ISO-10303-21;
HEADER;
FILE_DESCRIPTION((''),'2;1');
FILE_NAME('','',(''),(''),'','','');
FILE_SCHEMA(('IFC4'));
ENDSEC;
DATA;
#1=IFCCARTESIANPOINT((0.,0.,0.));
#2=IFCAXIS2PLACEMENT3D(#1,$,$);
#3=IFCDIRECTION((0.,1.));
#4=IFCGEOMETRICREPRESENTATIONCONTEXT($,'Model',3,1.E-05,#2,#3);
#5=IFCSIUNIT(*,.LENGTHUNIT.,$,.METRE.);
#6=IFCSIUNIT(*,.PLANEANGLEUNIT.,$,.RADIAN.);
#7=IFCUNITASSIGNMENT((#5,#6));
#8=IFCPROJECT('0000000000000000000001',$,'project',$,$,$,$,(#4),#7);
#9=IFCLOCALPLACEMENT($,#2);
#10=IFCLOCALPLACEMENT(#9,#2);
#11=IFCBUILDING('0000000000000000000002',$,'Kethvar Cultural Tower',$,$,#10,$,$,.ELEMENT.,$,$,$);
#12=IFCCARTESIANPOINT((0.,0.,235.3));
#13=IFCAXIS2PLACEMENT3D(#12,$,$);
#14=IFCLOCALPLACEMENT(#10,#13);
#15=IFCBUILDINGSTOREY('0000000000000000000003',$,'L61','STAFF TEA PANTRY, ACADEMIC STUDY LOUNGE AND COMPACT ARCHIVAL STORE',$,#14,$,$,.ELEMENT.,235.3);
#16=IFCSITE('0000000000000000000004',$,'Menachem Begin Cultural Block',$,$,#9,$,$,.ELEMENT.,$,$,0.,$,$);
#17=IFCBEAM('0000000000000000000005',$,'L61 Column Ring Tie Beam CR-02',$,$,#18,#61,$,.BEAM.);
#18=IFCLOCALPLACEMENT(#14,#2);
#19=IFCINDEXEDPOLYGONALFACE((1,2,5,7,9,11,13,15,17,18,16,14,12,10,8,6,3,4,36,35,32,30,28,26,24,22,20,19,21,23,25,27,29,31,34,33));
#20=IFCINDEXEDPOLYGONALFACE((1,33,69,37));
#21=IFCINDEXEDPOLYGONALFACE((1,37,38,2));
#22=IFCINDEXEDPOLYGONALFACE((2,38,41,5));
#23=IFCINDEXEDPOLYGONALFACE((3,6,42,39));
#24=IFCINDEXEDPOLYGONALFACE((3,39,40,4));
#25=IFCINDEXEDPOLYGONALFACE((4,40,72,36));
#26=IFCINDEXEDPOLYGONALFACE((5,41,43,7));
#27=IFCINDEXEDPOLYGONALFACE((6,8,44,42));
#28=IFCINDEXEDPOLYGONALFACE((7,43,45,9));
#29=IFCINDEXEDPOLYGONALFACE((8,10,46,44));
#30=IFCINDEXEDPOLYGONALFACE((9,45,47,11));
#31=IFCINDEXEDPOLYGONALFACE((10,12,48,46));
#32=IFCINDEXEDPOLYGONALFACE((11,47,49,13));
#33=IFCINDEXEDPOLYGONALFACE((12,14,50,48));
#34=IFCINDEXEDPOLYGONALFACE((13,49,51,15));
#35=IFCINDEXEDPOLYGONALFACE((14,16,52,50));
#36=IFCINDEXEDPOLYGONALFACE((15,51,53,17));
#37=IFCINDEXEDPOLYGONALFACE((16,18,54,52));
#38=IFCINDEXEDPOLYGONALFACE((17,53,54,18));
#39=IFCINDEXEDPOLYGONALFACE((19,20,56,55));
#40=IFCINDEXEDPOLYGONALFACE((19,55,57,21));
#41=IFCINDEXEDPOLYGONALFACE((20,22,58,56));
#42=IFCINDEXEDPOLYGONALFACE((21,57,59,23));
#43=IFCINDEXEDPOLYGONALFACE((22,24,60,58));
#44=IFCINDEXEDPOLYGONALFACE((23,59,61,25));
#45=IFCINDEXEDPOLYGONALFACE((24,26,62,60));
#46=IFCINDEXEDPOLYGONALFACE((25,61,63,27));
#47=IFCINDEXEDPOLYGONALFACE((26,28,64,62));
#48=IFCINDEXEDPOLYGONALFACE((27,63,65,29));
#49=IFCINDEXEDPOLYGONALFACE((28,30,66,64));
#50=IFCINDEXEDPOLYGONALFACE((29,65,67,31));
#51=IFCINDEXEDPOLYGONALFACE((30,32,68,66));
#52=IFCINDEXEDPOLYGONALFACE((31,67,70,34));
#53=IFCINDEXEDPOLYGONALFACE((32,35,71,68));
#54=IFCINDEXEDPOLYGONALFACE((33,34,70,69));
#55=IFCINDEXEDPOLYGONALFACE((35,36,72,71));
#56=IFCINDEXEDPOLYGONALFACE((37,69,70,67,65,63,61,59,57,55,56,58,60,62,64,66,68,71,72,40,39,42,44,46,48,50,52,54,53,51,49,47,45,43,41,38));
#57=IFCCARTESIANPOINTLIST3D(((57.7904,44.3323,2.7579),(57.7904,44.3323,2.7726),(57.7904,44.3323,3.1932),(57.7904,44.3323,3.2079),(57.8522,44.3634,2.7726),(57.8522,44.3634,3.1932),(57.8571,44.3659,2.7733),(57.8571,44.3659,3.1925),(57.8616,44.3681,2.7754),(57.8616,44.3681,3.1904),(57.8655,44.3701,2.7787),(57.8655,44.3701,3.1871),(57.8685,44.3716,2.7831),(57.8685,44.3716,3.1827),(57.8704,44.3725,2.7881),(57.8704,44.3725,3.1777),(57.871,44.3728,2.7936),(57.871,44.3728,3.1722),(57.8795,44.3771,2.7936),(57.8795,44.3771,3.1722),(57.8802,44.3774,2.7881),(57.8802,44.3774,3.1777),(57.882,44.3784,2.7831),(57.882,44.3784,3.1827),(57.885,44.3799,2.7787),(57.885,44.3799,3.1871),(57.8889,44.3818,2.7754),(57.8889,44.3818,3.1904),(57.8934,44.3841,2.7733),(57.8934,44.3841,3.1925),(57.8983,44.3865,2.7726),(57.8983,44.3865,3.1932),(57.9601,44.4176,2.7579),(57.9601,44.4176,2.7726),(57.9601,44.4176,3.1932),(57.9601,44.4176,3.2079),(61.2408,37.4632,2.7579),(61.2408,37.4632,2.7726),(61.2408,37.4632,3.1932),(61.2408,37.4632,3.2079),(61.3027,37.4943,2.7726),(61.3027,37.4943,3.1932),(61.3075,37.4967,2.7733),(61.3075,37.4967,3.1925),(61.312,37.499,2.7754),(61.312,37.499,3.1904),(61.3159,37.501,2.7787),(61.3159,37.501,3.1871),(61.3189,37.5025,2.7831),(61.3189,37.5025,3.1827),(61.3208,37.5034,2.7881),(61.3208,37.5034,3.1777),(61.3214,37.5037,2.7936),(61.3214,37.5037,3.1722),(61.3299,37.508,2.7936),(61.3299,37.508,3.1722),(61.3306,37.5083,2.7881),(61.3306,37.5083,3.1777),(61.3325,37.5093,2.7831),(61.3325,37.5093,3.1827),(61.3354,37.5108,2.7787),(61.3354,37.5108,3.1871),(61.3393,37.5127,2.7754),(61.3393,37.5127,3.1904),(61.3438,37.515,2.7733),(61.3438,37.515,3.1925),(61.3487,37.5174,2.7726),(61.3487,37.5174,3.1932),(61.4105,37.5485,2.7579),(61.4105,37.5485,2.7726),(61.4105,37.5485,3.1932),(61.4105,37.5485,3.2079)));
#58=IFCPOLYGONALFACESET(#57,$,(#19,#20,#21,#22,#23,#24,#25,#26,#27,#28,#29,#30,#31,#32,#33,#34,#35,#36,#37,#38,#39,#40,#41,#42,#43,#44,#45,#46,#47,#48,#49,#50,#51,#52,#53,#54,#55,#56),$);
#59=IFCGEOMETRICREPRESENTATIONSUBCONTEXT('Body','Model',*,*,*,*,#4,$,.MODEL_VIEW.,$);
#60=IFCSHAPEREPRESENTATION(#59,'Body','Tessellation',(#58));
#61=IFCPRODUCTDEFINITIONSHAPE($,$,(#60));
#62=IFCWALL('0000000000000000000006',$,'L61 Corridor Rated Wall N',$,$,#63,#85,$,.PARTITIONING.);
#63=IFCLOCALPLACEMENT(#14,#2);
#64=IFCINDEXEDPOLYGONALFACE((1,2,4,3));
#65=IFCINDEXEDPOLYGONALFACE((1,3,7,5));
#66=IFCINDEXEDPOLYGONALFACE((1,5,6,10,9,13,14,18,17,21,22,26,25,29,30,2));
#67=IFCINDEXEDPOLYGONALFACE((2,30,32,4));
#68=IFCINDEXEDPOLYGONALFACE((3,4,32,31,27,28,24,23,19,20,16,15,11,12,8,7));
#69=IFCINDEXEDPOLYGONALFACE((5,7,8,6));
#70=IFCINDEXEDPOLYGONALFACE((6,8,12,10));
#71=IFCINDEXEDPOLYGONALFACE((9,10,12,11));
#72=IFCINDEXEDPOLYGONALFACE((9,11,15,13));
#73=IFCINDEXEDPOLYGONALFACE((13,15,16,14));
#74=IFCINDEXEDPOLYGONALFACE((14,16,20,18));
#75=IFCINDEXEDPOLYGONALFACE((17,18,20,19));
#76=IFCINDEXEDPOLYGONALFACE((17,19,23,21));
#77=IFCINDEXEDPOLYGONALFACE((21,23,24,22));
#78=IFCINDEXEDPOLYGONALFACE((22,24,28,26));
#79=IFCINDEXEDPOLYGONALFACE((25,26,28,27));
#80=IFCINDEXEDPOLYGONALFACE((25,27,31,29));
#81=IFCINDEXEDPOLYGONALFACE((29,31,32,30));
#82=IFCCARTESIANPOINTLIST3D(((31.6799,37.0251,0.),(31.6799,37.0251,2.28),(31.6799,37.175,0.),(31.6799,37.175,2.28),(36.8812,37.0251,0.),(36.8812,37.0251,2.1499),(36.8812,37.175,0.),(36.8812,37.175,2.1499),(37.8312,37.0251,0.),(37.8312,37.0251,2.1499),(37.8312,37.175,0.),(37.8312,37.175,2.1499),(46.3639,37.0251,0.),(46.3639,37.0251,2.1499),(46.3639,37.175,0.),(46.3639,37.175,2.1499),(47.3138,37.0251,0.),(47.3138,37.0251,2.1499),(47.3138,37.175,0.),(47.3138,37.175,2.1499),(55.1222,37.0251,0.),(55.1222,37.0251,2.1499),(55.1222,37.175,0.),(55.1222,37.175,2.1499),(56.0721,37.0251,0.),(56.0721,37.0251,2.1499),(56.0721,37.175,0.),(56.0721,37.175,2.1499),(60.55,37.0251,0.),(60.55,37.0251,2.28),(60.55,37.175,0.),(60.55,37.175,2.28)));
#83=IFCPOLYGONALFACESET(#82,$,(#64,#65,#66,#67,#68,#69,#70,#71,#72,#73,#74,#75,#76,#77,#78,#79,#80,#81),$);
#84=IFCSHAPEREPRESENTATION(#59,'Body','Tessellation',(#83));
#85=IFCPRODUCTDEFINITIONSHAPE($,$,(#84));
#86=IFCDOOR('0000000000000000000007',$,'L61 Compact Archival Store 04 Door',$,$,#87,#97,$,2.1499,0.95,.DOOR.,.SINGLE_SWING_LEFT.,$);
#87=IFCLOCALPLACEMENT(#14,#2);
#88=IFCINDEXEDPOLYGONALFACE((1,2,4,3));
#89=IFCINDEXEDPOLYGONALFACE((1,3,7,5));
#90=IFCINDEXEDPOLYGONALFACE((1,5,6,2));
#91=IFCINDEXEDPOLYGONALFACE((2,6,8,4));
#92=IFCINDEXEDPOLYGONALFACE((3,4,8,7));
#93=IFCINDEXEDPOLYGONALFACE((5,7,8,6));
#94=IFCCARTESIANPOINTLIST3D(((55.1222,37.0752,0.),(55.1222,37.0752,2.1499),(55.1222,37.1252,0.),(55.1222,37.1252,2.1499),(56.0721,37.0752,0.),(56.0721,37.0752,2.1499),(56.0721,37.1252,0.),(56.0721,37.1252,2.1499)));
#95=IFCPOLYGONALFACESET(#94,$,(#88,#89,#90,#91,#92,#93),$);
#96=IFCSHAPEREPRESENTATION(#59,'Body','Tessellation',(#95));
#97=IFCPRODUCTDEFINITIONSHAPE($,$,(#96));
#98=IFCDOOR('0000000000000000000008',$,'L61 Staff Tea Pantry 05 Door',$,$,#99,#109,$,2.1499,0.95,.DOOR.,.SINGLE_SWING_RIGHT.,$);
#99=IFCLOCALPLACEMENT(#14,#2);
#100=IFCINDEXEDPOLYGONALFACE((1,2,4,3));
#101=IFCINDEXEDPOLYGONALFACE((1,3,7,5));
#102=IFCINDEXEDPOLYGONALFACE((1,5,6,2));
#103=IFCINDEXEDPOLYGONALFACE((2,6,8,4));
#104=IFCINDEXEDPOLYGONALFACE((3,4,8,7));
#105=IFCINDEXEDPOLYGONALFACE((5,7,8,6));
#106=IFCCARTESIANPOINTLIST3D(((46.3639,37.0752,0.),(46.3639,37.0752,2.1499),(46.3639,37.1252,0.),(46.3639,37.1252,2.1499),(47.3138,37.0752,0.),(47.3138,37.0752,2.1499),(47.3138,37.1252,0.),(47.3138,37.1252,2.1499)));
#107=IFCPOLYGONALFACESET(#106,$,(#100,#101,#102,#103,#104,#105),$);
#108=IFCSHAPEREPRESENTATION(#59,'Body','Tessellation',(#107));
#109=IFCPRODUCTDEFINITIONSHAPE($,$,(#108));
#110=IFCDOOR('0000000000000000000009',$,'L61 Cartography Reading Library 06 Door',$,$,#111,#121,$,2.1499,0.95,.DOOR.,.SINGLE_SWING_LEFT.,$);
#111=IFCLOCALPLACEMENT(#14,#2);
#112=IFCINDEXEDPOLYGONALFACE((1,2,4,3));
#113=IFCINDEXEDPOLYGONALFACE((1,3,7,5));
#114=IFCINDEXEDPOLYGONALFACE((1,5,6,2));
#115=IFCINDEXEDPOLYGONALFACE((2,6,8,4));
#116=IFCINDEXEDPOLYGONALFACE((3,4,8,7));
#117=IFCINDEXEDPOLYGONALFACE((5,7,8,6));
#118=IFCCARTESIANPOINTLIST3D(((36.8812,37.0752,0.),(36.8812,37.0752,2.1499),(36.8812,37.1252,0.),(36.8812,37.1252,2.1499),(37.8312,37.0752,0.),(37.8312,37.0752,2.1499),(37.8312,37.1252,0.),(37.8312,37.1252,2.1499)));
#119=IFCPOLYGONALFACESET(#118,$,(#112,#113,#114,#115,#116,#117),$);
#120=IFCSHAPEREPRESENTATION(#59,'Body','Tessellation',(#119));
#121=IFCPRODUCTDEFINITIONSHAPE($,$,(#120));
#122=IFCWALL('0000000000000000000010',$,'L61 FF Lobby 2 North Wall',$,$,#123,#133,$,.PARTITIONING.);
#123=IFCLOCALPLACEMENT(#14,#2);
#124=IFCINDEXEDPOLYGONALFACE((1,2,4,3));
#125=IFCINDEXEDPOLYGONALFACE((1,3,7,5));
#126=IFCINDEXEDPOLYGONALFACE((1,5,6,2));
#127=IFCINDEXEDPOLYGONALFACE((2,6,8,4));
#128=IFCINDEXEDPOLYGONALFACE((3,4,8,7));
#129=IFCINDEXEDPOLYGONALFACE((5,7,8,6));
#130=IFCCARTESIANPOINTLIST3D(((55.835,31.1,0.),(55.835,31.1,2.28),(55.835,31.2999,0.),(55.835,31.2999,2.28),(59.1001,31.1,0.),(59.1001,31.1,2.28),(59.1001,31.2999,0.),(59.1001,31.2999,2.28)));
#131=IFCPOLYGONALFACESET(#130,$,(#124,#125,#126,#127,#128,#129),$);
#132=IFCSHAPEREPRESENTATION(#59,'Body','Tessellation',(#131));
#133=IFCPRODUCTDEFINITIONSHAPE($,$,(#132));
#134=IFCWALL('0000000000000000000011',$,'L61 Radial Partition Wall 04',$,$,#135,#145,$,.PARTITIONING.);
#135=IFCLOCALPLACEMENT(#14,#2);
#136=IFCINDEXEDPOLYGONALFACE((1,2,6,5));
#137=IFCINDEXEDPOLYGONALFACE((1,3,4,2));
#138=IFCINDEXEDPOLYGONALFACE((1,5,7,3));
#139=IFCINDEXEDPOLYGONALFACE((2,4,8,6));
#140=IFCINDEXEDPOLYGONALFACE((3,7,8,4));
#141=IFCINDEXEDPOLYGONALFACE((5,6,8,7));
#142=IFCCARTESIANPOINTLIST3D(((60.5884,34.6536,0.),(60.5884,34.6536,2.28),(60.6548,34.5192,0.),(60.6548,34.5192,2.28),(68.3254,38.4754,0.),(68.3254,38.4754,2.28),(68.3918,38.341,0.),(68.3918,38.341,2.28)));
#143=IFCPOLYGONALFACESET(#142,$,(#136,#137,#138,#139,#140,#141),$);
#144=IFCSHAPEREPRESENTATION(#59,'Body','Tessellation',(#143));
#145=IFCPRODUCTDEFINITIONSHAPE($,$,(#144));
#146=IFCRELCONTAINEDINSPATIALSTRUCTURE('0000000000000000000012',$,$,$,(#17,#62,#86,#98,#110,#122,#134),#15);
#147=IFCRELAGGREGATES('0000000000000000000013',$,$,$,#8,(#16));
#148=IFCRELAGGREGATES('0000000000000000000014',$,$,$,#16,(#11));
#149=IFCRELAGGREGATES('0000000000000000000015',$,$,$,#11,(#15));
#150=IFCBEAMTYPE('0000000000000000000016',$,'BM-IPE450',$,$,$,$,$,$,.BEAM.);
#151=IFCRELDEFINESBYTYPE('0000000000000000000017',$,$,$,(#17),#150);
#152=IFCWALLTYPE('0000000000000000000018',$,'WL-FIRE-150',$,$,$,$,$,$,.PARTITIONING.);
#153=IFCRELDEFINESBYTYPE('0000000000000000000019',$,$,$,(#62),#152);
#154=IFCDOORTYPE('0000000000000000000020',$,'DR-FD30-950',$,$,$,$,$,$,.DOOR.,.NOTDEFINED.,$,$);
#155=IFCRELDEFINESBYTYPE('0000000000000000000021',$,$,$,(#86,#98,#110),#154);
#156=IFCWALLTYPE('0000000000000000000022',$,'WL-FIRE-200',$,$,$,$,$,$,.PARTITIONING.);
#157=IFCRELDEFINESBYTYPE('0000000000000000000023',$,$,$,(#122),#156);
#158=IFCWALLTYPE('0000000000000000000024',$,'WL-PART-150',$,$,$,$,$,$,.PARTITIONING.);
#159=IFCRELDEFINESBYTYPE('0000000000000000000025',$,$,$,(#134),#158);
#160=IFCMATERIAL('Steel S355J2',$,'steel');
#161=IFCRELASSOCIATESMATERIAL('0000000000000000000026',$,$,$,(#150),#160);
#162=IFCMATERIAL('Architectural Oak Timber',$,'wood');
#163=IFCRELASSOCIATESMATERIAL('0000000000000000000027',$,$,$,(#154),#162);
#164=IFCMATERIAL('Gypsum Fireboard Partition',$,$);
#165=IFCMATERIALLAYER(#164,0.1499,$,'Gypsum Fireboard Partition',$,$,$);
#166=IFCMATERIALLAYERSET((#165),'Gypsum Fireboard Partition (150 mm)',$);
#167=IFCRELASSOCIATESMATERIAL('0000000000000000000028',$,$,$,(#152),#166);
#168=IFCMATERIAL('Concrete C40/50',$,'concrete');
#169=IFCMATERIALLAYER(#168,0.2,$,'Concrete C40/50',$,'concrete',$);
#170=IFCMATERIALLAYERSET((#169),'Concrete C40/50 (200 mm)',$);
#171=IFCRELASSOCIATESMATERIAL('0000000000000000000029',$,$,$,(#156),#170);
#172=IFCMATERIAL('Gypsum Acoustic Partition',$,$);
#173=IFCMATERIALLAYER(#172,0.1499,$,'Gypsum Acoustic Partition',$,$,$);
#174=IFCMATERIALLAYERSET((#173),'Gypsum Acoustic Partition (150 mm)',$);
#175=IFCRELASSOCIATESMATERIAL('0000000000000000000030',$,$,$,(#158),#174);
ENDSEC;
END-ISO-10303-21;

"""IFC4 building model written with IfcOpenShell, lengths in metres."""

from ifc_helpers import new_model, si_unit, direction, frame, frame_2d, origin, origin_2d, place, context, subcontext, project, spatial, rectangle, i_section, extrude, source, transform, mapped, material, layer, layer_set, material_profile, profile_set, type_object, element, fill, save


model = new_model("IFC4")

# Units and contexts
model_context = context("Model", 3, precision=1e-05, world=origin(), true_north=direction((0.0, 1.0)))
body_context = subcontext(model_context, "Body", "Model", "MODEL_VIEW")
ifc_project = project(units=[si_unit("LENGTHUNIT", "METRE"), si_unit("PLANEANGLEUNIT", "RADIAN")], contexts=[model_context])

# Site, building, storey
site_placement = place(None, origin())
site = spatial("IfcSite", under=ifc_project, at=site_placement, Name="Menachem Begin Cultural Block", CompositionType="ELEMENT", RefElevation=0.0)
building_placement = place(site_placement, origin())
building = spatial("IfcBuilding", under=site, at=building_placement, Name="Kethvar Cultural Tower", CompositionType="ELEMENT")
storey_placement = place(building_placement, frame((0.0, 0.0, 235.3)))
storey = spatial("IfcBuildingStorey", under=building, at=storey_placement, Name="L61", Description="STAFF TEA PANTRY, ACADEMIC STUDY LOUNGE AND COMPACT ARCHIVAL STORE", CompositionType="ELEMENT", Elevation=235.3)

# Beam
ifc_material_1 = material(Name="Steel S355J2", Category="steel")
ifc_material_profile_1 = material_profile(ifc_material_1, i_section(OverallWidth=0.1899, OverallDepth=0.45, WebThickness=0.0095, FlangeThickness=0.0146, FilletRadius=0.021, at=origin_2d()), Name="Steel S355J2 — IPE450")
ifc_profile_set_1 = profile_set([ifc_material_profile_1], Name="Steel S355J2 — IPE450")
beam_type_1 = type_object("IfcBeamType", Name="BM-IPE450", PredefinedType="BEAM", material=ifc_profile_set_1)
shared_shape_1 = source(origin(), body_context, "Body", "SweptSolid", [
    extrude(i_section(OverallWidth=0.1899, OverallDepth=0.45, WebThickness=0.0095, FlangeThickness=0.0146, FilletRadius=0.021, at=origin_2d()), origin(), (0.0, 0.0, 1.0), 7.687),
])
beam_1_placement = place(storey_placement, frame((61.3257, 37.5059, 2.9829), z_axis=(-0.448864, 0.8936, 0.0), x_axis=(-0.8936, -0.448864, 0.0)))
element("IfcBeam", 1, at=beam_1_placement, inside=storey, type_object=beam_type_1, Name="L61 Column Ring Tie Beam CR-02", PredefinedType="BEAM", context=body_context, shape_type="MappedRepresentation", body=[
    mapped(shared_shape_1, transform((0.0, 0.0, 0.0), scale=1.0)),
])

# Wall, openings, doors
ifc_material_2 = material(Name="Architectural Oak Timber", Category="wood")
door_type_1 = type_object("IfcDoorType", Name="DR-FD30-950", OperationType="NOTDEFINED", PredefinedType="DOOR", material=ifc_material_2)
shared_shape_2 = source(origin(), body_context, "Body", "SweptSolid", [
    extrude(rectangle(XDim=0.95, YDim=2.1499, at=frame_2d((0.4751, 1.075))), frame((0.0, 0.0249, 0.0), z_axis=(0.0, -1.0, 0.0), x_axis=(1.0, 0.0, 0.0)), (0.0, 0.0, 1.0), 0.05),
])
ifc_material_3 = material(Name="Gypsum Fireboard Partition")
ifc_layer_1 = layer(ifc_material_3, 0.1499, Name="Gypsum Fireboard Partition")
ifc_layer_set_1 = layer_set([ifc_layer_1], Name="Gypsum Fireboard Partition (150 mm)")
wall_type_1 = type_object("IfcWallType", Name="WL-FIRE-150", PredefinedType="PARTITIONING", material=ifc_layer_set_1)
wall_1_placement = place(storey_placement, frame((60.55, 37.1001, 0.0), z_axis=(0.0, 0.0, 1.0), x_axis=(-1.0, 0.0, 0.0)))
wall_1 = element("IfcWall", 2, at=wall_1_placement, inside=storey, type_object=wall_type_1, Name="L61 Corridor Rated Wall N", PredefinedType="PARTITIONING", context=body_context, shape_type="SweptSolid", body=[
    extrude(rectangle(XDim=28.8701, YDim=0.1499, at=frame_2d((14.4351, 0.0))), origin(), (0.0, 0.0, 1.0), 2.28),
])
opening_1_placement = place(wall_1_placement, frame((4.4778, 0.0, 0.0)))
opening_1 = element("IfcOpeningElement", 3, at=opening_1_placement, cuts=wall_1, PredefinedType="OPENING", context=body_context, shape_type="SweptSolid", body=[
    extrude(rectangle(XDim=0.95, YDim=2.1499, at=frame_2d((0.4751, 1.075))), frame((0.0, 0.085, 0.0), z_axis=(0.0, -1.0, 0.0), x_axis=(1.0, 0.0, 0.0)), (0.0, 0.0, 1.0), 0.1699),
])
opening_2_placement = place(wall_1_placement, frame((13.2361, 0.0, 0.0)))
opening_2 = element("IfcOpeningElement", 4, at=opening_2_placement, cuts=wall_1, PredefinedType="OPENING", context=body_context, shape_type="SweptSolid", body=[
    extrude(rectangle(XDim=0.95, YDim=2.1499, at=frame_2d((0.4751, 1.075))), frame((0.0, 0.085, 0.0), z_axis=(0.0, -1.0, 0.0), x_axis=(1.0, 0.0, 0.0)), (0.0, 0.0, 1.0), 0.1699),
])
opening_3_placement = place(wall_1_placement, frame((22.7188, 0.0, 0.0)))
opening_3 = element("IfcOpeningElement", 5, at=opening_3_placement, cuts=wall_1, PredefinedType="OPENING", context=body_context, shape_type="SweptSolid", body=[
    extrude(rectangle(XDim=0.95, YDim=2.1499, at=frame_2d((0.4751, 1.075))), frame((0.0, 0.085, 0.0), z_axis=(0.0, -1.0, 0.0), x_axis=(1.0, 0.0, 0.0)), (0.0, 0.0, 1.0), 0.1699),
])
door_1_placement = place(opening_1_placement, origin())
door_1 = element("IfcDoor", 6, at=door_1_placement, inside=storey, type_object=door_type_1, Name="L61 Compact Archival Store 04 Door", OperationType="SINGLE_SWING_LEFT", OverallHeight=2.1499, OverallWidth=0.95, PredefinedType="DOOR", context=body_context, shape_type="MappedRepresentation", body=[
    mapped(shared_shape_2, transform((0.0, 0.0, 0.0), scale=1.0)),
])
fill(opening_1, door_1)
door_2_placement = place(opening_2_placement, origin())
door_2 = element("IfcDoor", 7, at=door_2_placement, inside=storey, type_object=door_type_1, Name="L61 Staff Tea Pantry 05 Door", OperationType="SINGLE_SWING_RIGHT", OverallHeight=2.1499, OverallWidth=0.95, PredefinedType="DOOR", context=body_context, shape_type="MappedRepresentation", body=[
    mapped(shared_shape_2, transform((0.0, 0.0, 0.0), scale=1.0)),
])
fill(opening_2, door_2)
door_3_placement = place(opening_3_placement, origin())
door_3 = element("IfcDoor", 8, at=door_3_placement, inside=storey, type_object=door_type_1, Name="L61 Cartography Reading Library 06 Door", OperationType="SINGLE_SWING_LEFT", OverallHeight=2.1499, OverallWidth=0.95, PredefinedType="DOOR", context=body_context, shape_type="MappedRepresentation", body=[
    mapped(shared_shape_2, transform((0.0, 0.0, 0.0), scale=1.0)),
])
fill(opening_3, door_3)

# Walls
ifc_material_4 = material(Name="Concrete C40/50", Category="concrete")
ifc_layer_2 = layer(ifc_material_4, 0.2, Name="Concrete C40/50", Category="concrete")
ifc_layer_set_2 = layer_set([ifc_layer_2], Name="Concrete C40/50 (200 mm)")
wall_type_2 = type_object("IfcWallType", Name="WL-FIRE-200", PredefinedType="PARTITIONING", material=ifc_layer_set_2)
wall_2_placement = place(storey_placement, frame((55.835, 31.2, 0.0), z_axis=(0.0, 0.0, 1.0), x_axis=(1.0, 0.0, 0.0)))
element("IfcWall", 9, at=wall_2_placement, inside=storey, type_object=wall_type_2, Name="L61 FF Lobby 2 North Wall", PredefinedType="PARTITIONING", context=body_context, shape_type="SweptSolid", body=[
    extrude(rectangle(XDim=3.2651, YDim=0.2, at=frame_2d((1.6326, 0.0))), origin(), (0.0, 0.0, 1.0), 2.28),
])
ifc_material_5 = material(Name="Gypsum Acoustic Partition")
ifc_layer_3 = layer(ifc_material_5, 0.1499, Name="Gypsum Acoustic Partition")
ifc_layer_set_3 = layer_set([ifc_layer_3], Name="Gypsum Acoustic Partition (150 mm)")
wall_type_3 = type_object("IfcWallType", Name="WL-PART-150", PredefinedType="PARTITIONING", material=ifc_layer_set_3)
wall_3_placement = place(storey_placement, frame((60.6216, 34.5864, 0.0), z_axis=(0.0, 0.0, 1.0), x_axis=(0.896584, 0.442874, 0.0)))
element("IfcWall", 10, at=wall_3_placement, inside=storey, type_object=wall_type_3, Name="L61 Radial Partition Wall 04", PredefinedType="PARTITIONING", context=body_context, shape_type="SweptSolid", body=[
    extrude(rectangle(XDim=8.6294, YDim=0.1499, at=frame_2d((4.3147, 0.0))), origin(), (0.0, 0.0, 1.0), 2.28),
])

save(model, "model.ifc")
